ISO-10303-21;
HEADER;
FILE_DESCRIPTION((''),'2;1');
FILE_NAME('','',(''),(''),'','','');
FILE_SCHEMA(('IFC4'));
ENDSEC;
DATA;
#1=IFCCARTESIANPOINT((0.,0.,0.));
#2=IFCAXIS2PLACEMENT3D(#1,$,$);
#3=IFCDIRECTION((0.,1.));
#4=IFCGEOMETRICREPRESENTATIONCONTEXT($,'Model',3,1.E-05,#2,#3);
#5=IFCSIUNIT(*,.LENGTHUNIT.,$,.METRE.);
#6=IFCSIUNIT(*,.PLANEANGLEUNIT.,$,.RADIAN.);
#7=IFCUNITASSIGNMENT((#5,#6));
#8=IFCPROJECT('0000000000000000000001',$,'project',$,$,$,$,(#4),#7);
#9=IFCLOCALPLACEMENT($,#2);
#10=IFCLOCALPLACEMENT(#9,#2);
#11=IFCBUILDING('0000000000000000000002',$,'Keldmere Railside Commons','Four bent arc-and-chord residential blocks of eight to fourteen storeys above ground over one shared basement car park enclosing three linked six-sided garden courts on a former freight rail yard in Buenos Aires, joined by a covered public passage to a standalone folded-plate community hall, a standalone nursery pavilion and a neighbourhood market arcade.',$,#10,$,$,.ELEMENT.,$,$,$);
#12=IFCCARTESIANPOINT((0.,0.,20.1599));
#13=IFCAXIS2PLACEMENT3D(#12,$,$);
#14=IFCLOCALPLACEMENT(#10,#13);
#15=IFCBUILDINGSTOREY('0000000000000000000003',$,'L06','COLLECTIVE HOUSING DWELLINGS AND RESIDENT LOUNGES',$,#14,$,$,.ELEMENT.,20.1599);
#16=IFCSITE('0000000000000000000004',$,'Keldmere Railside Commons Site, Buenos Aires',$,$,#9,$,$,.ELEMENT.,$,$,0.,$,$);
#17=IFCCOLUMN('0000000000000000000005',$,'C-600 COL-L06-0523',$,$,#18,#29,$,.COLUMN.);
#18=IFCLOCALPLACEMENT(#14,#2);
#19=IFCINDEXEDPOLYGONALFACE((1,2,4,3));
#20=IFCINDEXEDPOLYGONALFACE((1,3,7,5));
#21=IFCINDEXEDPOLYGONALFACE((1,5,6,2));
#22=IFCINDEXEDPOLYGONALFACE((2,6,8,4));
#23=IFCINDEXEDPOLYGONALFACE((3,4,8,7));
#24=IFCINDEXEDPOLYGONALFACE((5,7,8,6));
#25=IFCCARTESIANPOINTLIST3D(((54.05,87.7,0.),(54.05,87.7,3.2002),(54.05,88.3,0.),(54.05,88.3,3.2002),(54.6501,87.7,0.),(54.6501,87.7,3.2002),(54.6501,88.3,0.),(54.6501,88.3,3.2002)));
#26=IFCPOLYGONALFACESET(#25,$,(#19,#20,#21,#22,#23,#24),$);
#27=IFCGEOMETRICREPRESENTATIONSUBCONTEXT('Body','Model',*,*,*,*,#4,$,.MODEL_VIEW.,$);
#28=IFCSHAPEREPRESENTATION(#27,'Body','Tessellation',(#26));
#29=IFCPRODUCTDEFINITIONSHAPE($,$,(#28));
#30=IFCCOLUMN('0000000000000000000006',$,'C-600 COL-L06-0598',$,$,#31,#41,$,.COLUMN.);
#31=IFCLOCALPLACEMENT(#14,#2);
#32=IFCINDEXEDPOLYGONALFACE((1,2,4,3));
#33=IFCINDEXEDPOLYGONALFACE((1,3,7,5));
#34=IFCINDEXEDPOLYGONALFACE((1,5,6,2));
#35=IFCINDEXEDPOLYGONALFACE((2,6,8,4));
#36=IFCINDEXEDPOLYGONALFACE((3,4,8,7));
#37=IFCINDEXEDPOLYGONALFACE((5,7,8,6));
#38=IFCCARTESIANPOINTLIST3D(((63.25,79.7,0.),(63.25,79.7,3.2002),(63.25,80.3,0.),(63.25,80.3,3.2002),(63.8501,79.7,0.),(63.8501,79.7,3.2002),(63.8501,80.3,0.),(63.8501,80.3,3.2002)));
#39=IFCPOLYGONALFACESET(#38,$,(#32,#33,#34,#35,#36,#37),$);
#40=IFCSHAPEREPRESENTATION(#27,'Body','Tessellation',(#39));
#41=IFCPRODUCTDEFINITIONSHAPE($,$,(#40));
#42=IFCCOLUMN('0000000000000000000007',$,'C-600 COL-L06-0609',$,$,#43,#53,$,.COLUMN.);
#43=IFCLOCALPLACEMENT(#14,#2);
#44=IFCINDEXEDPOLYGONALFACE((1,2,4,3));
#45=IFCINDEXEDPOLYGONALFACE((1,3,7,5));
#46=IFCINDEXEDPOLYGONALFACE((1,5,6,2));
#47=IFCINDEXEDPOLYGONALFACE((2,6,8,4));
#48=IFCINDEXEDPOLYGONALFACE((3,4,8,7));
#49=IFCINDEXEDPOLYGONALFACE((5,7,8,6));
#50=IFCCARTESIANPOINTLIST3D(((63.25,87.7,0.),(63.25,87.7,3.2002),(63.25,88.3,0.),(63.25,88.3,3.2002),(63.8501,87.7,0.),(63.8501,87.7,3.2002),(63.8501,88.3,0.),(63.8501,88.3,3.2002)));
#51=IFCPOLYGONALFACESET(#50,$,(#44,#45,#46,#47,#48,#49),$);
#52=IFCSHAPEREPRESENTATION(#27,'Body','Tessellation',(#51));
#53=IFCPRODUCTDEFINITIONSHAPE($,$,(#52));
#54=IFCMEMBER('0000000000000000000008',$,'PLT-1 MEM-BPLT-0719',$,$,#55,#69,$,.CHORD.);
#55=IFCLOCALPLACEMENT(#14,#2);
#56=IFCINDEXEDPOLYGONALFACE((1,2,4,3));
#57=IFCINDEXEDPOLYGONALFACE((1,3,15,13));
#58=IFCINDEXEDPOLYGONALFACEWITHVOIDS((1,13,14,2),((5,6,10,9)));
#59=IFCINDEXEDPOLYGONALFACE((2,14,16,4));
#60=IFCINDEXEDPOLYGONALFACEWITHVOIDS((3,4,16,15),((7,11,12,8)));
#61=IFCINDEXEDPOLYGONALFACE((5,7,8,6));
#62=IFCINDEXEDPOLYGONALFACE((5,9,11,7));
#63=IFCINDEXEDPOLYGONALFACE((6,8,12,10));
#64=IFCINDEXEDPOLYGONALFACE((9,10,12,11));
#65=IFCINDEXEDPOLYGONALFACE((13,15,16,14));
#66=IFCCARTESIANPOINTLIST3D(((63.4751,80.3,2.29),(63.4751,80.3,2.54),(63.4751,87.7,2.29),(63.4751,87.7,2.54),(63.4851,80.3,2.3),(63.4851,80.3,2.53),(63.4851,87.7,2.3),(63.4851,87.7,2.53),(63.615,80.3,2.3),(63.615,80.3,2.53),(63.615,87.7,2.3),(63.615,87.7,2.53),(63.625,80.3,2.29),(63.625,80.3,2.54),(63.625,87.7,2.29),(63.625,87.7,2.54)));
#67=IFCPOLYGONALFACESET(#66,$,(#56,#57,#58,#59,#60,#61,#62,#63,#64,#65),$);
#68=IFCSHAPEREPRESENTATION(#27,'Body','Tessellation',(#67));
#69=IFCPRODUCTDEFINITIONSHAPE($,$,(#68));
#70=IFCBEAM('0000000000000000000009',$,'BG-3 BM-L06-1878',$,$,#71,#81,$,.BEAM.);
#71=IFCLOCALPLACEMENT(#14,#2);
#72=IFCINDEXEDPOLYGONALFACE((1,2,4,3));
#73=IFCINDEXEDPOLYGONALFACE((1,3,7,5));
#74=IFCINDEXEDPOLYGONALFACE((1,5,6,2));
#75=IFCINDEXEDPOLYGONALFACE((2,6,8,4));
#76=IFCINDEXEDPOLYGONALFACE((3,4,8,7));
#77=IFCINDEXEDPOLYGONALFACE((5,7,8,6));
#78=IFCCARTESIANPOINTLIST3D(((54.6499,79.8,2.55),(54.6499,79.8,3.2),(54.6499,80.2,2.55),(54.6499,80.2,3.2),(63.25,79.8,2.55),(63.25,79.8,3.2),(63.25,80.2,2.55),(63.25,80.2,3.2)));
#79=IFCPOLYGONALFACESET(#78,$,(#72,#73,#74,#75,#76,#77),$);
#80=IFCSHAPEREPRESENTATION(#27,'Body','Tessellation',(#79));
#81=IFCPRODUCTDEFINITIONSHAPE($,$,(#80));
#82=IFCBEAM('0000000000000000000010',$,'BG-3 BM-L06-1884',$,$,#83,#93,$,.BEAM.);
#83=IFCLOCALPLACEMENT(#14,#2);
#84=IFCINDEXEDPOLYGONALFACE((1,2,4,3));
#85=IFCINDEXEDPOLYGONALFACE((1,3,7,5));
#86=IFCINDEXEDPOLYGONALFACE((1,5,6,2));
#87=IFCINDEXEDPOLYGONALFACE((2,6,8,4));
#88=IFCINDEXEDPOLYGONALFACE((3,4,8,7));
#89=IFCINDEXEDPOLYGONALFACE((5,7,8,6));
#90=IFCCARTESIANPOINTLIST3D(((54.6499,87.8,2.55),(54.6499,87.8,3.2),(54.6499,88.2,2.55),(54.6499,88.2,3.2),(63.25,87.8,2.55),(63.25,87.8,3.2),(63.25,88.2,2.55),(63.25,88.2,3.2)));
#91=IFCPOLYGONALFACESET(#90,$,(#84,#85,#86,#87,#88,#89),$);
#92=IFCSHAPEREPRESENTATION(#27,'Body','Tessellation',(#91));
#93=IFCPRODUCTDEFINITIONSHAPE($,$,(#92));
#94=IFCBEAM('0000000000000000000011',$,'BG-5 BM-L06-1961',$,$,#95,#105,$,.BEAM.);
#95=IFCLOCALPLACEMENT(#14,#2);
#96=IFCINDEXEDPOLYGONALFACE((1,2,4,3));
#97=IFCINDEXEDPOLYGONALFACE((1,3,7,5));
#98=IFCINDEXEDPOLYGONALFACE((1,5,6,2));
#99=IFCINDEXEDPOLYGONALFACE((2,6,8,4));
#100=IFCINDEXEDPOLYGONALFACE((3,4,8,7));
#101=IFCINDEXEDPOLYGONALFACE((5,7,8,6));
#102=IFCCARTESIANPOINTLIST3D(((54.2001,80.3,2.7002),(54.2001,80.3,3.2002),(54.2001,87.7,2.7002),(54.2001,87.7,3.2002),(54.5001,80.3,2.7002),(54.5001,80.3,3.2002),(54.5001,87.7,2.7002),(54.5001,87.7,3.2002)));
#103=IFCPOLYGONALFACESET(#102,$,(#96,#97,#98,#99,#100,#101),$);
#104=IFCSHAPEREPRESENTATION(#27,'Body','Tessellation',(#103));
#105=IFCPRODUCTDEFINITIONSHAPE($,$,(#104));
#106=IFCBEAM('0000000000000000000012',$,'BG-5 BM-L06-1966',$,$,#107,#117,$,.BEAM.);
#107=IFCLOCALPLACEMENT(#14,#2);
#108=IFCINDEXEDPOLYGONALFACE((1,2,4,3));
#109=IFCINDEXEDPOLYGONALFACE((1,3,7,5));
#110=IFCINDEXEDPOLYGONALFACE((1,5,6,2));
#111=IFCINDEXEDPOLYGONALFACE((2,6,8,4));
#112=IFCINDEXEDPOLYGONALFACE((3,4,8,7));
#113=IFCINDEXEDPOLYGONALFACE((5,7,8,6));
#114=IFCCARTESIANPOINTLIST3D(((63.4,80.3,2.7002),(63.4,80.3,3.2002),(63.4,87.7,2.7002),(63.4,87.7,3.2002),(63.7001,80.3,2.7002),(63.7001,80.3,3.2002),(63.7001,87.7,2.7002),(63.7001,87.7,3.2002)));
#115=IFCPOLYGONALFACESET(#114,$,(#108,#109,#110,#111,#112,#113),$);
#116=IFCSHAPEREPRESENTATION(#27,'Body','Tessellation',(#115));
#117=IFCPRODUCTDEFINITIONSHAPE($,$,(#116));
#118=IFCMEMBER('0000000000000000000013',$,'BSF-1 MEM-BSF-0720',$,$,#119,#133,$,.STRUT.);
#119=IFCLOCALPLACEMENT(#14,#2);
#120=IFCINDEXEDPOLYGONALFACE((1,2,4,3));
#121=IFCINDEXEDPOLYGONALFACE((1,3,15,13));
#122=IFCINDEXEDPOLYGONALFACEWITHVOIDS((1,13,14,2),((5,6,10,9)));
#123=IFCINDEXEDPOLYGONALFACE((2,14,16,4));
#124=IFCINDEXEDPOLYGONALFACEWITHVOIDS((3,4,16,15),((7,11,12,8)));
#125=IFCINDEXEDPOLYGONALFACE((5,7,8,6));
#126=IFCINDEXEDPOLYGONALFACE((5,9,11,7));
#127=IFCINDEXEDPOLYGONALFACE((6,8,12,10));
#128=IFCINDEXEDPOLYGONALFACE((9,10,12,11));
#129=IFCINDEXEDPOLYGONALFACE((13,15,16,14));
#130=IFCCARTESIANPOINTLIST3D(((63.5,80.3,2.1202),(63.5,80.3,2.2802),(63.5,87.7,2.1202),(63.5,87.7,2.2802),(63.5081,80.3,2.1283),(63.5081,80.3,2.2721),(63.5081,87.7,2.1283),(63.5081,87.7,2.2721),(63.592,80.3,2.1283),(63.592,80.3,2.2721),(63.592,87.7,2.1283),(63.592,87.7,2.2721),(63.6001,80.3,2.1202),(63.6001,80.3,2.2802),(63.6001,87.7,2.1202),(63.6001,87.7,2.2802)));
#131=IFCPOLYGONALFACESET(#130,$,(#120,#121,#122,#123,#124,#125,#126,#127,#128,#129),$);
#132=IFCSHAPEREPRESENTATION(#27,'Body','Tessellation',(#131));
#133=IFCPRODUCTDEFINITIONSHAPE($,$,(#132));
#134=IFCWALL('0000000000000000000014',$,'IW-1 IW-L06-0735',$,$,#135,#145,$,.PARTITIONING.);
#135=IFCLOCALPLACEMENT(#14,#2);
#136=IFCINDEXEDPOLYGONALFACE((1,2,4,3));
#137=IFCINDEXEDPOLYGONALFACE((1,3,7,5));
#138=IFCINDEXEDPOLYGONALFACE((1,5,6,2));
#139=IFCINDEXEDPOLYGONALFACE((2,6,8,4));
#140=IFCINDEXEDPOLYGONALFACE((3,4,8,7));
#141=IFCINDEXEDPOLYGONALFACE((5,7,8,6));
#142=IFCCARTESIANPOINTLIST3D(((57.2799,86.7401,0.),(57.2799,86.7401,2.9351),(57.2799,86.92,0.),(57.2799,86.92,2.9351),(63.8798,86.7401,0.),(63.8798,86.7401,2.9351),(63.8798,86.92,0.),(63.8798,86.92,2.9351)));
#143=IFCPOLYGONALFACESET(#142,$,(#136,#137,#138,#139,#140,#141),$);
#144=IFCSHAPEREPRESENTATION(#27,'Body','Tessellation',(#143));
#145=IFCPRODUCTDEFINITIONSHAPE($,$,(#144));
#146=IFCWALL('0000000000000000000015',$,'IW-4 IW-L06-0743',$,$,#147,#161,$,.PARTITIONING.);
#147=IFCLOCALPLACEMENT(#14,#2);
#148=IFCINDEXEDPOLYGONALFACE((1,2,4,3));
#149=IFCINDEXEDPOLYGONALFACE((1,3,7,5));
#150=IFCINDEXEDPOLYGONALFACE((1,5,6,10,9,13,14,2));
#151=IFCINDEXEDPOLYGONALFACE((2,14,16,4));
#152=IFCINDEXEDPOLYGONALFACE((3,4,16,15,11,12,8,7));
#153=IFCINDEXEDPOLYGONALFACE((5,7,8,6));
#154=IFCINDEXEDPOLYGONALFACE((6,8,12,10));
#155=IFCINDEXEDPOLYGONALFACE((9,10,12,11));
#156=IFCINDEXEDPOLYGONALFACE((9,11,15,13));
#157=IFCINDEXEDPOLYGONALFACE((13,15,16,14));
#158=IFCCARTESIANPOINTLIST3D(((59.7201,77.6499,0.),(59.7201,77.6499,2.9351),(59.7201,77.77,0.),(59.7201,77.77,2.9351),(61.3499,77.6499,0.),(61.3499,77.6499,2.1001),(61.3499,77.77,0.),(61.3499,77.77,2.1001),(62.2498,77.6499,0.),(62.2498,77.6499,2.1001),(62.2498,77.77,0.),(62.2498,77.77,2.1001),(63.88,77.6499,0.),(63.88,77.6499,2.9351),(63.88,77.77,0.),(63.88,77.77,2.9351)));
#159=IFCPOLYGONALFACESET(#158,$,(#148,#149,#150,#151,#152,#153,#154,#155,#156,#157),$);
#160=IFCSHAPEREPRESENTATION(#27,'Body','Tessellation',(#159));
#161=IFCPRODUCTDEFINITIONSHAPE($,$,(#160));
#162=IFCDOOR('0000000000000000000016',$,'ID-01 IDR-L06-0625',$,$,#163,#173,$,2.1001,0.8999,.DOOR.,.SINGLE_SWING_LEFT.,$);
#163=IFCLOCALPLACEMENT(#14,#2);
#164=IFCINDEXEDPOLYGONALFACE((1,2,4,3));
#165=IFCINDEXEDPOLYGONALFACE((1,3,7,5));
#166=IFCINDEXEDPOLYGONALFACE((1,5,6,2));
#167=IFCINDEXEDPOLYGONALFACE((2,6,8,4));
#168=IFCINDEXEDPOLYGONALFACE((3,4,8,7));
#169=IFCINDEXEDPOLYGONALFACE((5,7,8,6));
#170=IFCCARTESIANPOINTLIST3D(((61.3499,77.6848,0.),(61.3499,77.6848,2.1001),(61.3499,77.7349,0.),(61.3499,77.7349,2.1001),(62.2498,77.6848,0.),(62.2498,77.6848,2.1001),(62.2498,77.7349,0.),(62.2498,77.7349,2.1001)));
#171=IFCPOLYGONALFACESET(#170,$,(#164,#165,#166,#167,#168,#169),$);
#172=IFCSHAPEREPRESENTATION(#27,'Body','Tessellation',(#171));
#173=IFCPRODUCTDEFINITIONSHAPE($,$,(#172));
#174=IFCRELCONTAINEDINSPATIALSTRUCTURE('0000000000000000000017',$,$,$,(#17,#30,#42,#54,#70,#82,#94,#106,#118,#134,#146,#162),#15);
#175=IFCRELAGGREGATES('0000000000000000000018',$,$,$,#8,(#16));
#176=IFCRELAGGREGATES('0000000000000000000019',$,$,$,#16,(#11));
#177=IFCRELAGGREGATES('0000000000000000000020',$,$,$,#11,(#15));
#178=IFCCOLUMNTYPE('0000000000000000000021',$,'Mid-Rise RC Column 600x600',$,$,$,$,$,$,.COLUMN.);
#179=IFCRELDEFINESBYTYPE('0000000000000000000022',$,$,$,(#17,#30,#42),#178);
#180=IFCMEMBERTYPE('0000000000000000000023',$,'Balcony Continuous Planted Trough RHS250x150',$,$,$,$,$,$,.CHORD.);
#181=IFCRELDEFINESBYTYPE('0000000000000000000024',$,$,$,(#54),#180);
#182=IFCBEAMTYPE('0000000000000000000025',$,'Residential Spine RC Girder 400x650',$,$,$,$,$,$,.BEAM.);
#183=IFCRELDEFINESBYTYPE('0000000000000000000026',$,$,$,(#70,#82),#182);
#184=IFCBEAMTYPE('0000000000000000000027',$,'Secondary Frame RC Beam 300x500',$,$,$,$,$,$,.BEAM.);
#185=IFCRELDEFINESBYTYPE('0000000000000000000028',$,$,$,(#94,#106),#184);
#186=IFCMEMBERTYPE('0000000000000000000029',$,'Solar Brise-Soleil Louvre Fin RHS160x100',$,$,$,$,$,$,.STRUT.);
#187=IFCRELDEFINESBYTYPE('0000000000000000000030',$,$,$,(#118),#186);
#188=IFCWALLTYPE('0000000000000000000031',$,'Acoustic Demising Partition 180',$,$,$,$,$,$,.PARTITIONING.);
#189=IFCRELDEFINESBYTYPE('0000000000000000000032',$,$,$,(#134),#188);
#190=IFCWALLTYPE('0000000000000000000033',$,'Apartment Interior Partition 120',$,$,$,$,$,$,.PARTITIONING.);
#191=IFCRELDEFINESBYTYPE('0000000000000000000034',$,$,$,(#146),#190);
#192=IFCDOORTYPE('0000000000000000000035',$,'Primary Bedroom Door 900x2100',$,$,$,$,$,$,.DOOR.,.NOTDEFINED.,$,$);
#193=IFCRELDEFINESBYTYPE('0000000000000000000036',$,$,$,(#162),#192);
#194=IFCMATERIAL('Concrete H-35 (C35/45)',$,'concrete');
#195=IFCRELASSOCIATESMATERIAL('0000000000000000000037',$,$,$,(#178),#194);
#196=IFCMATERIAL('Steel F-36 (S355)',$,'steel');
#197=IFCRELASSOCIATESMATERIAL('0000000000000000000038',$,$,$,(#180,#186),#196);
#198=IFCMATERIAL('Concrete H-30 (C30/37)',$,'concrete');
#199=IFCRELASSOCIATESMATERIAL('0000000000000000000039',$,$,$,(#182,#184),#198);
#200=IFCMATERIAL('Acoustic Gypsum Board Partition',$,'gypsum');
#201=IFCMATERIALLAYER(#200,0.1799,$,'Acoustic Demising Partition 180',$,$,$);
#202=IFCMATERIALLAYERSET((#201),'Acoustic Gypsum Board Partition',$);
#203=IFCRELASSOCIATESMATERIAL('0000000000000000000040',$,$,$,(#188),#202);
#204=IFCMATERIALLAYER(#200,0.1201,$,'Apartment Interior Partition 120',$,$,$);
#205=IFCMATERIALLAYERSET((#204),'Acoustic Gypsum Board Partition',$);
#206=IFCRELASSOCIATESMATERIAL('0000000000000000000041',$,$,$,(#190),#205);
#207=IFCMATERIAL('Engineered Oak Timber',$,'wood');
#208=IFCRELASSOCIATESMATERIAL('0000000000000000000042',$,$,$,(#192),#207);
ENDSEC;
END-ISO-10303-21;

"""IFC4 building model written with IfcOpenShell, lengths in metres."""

from ifc_helpers import new_model, si_unit, direction, frame, frame_2d, origin, origin_2d, place, context, subcontext, project, spatial, rectangle, hollow_rectangle, extrude, material, layer, layer_set, material_profile, profile_set, type_object, element, fill, save


model = new_model("IFC4")

# Units and contexts
model_context = context("Model", 3, precision=1e-05, world=origin(), true_north=direction((0.0, 1.0)))
body_context = subcontext(model_context, "Body", "Model", "MODEL_VIEW")
ifc_project = project(units=[si_unit("LENGTHUNIT", "METRE"), si_unit("PLANEANGLEUNIT", "RADIAN")], contexts=[model_context])

# Site, building, storey
site_placement = place(None, origin())
site = spatial("IfcSite", under=ifc_project, at=site_placement, Name="Keldmere Railside Commons Site, Buenos Aires", CompositionType="ELEMENT", RefElevation=0.0)
building_placement = place(site_placement, origin())
building = spatial("IfcBuilding", under=site, at=building_placement, Name="Keldmere Railside Commons", Description="Four bent arc-and-chord residential blocks of eight to fourteen storeys above ground over one shared basement car park enclosing three linked six-sided garden courts on a former freight rail yard in Buenos Aires, joined by a covered public passage to a standalone folded-plate community hall, a standalone nursery pavilion and a neighbourhood market arcade.", CompositionType="ELEMENT")
storey_placement = place(building_placement, frame((0.0, 0.0, 20.1599)))
storey = spatial("IfcBuildingStorey", under=building, at=storey_placement, Name="L06", Description="COLLECTIVE HOUSING DWELLINGS AND RESIDENT LOUNGES", CompositionType="ELEMENT", Elevation=20.1599)

# Columns
ifc_material_1 = material(Name="Concrete H-35 (C35/45)", Category="concrete")
ifc_material_profile_1 = material_profile(ifc_material_1, rectangle(XDim=0.6001, YDim=0.6001, at=origin_2d()), Name="RC-600x600")
ifc_profile_set_1 = profile_set([ifc_material_profile_1], Name="Concrete H-35 (C35/45)")
column_type = type_object("IfcColumnType", Name="Mid-Rise RC Column 600x600", PredefinedType="COLUMN", material=ifc_profile_set_1)
for number, where, z_axis, x_axis, name in (
    (1, (54.3501, 88.0, 0.0), (0.0, 0.0, 1.0), (1.0, 0.0, 0.0), "C-600 COL-L06-0523"),
    (2, (63.55, 80.0, 0.0), (0.0, 0.0, 1.0), (1.0, 0.0, 0.0), "C-600 COL-L06-0598"),
    (3, (63.55, 88.0, 0.0), (0.0, 0.0, 1.0), (1.0, 0.0, 0.0), "C-600 COL-L06-0609"),
):
    element("IfcColumn", number, at=place(storey_placement, frame(where, z_axis=z_axis, x_axis=x_axis)), inside=storey, type_object=column_type, Name=name, PredefinedType="COLUMN", context=body_context, shape_type="SweptSolid", body=[
        extrude(rectangle(XDim=0.6001, YDim=0.6001, at=origin_2d()), origin(), (0.0, 0.0, 1.0), 3.2002),
    ])

# Member
ifc_material_2 = material(Name="Steel F-36 (S355)", Category="steel")
ifc_material_profile_2 = material_profile(ifc_material_2, hollow_rectangle(XDim=0.1499, YDim=0.25, WallThickness=0.01, at=origin_2d()), Name="RHS-250x150x10")
ifc_profile_set_2 = profile_set([ifc_material_profile_2], Name="Steel F-36 (S355)")
member_type_1 = type_object("IfcMemberType", Name="Balcony Continuous Planted Trough RHS250x150", PredefinedType="CHORD", material=ifc_profile_set_2)
member_1_placement = place(storey_placement, frame((63.55, 80.3, 2.415), z_axis=(0.0, 1.0, 0.0), x_axis=(-1.0, 0.0, 0.0)))
element("IfcMember", 4, at=member_1_placement, inside=storey, type_object=member_type_1, Name="PLT-1 MEM-BPLT-0719", PredefinedType="CHORD", context=body_context, shape_type="SweptSolid", body=[
    extrude(hollow_rectangle(XDim=0.1499, YDim=0.25, WallThickness=0.01, at=origin_2d()), origin(), (0.0, 0.0, 1.0), 7.3999),
])

# Beams
ifc_material_3 = material(Name="Concrete H-30 (C30/37)", Category="concrete")
ifc_material_profile_3 = material_profile(ifc_material_3, rectangle(XDim=0.3999, YDim=0.6499, at=origin_2d()), Name="RC-400x650")
ifc_profile_set_3 = profile_set([ifc_material_profile_3], Name="Concrete H-30 (C30/37)")
beam_type_1 = type_object("IfcBeamType", Name="Residential Spine RC Girder 400x650", PredefinedType="BEAM", material=ifc_profile_set_3)
for number, where, z_axis, x_axis, name in (
    (5, (54.6499, 80.0, 2.875), (1.0, 0.0, 0.0), (0.0, 1.0, 0.0), "BG-3 BM-L06-1878"),
    (6, (54.6499, 88.0, 2.875), (1.0, 0.0, 0.0), (0.0, 1.0, 0.0), "BG-3 BM-L06-1884"),
):
    element("IfcBeam", number, at=place(storey_placement, frame(where, z_axis=z_axis, x_axis=x_axis)), inside=storey, type_object=beam_type_1, Name=name, PredefinedType="BEAM", context=body_context, shape_type="SweptSolid", body=[
        extrude(rectangle(XDim=0.3999, YDim=0.6499, at=origin_2d()), origin(), (0.0, 0.0, 1.0), 8.6001),
    ])
ifc_material_profile_4 = material_profile(ifc_material_3, rectangle(XDim=0.3, YDim=0.5, at=origin_2d()), Name="RC-300x500")
ifc_profile_set_4 = profile_set([ifc_material_profile_4], Name="Concrete H-30 (C30/37)")
beam_type_2 = type_object("IfcBeamType", Name="Secondary Frame RC Beam 300x500", PredefinedType="BEAM", material=ifc_profile_set_4)
for number, where, z_axis, x_axis, name in (
    (7, (54.3501, 80.3, 2.9502), (0.0, 1.0, 0.0), (-1.0, 0.0, 0.0), "BG-5 BM-L06-1961"),
    (8, (63.55, 80.3, 2.9502), (0.0, 1.0, 0.0), (-1.0, 0.0, 0.0), "BG-5 BM-L06-1966"),
):
    element("IfcBeam", number, at=place(storey_placement, frame(where, z_axis=z_axis, x_axis=x_axis)), inside=storey, type_object=beam_type_2, Name=name, PredefinedType="BEAM", context=body_context, shape_type="SweptSolid", body=[
        extrude(rectangle(XDim=0.3, YDim=0.5, at=origin_2d()), origin(), (0.0, 0.0, 1.0), 7.3999),
    ])

# Member
ifc_material_profile_5 = material_profile(ifc_material_2, hollow_rectangle(XDim=0.1001, YDim=0.1599, WallThickness=0.0081, at=origin_2d()), Name="RHS-160x100x8")
ifc_profile_set_5 = profile_set([ifc_material_profile_5], Name="Steel F-36 (S355)")
member_type_2 = type_object("IfcMemberType", Name="Solar Brise-Soleil Louvre Fin RHS160x100", PredefinedType="STRUT", material=ifc_profile_set_5)
member_2_placement = place(storey_placement, frame((63.55, 80.3, 2.2002), z_axis=(0.0, 1.0, 0.0), x_axis=(-1.0, 0.0, 0.0)))
element("IfcMember", 9, at=member_2_placement, inside=storey, type_object=member_type_2, Name="BSF-1 MEM-BSF-0720", PredefinedType="STRUT", context=body_context, shape_type="SweptSolid", body=[
    extrude(hollow_rectangle(XDim=0.1001, YDim=0.1599, WallThickness=0.0081, at=origin_2d()), origin(), (0.0, 0.0, 1.0), 7.3999),
])

# Wall
ifc_material_4 = material(Name="Acoustic Gypsum Board Partition", Category="gypsum")
ifc_layer_1 = layer(ifc_material_4, 0.1799, Name="Acoustic Demising Partition 180")
ifc_layer_set_1 = layer_set([ifc_layer_1], Name="Acoustic Gypsum Board Partition")
wall_type_1 = type_object("IfcWallType", Name="Acoustic Demising Partition 180", PredefinedType="PARTITIONING", material=ifc_layer_set_1)
wall_1_placement = place(storey_placement, frame((57.28, 86.8301, 0.0), z_axis=(0.0, 0.0, 1.0), x_axis=(1.0, 0.0, 0.0)))
element("IfcWall", 10, at=wall_1_placement, inside=storey, type_object=wall_type_1, Name="IW-1 IW-L06-0735", PredefinedType="PARTITIONING", context=body_context, shape_type="SweptSolid", body=[
    extrude(rectangle(XDim=6.5999, YDim=0.1799, at=frame_2d((3.2998, 0.0))), origin(), (0.0, 0.0, 1.0), 2.9351),
])

# Wall, opening, door
ifc_layer_2 = layer(ifc_material_4, 0.1201, Name="Apartment Interior Partition 120")
ifc_layer_set_2 = layer_set([ifc_layer_2], Name="Acoustic Gypsum Board Partition")
wall_type_2 = type_object("IfcWallType", Name="Apartment Interior Partition 120", PredefinedType="PARTITIONING", material=ifc_layer_set_2)
wall_2_placement = place(storey_placement, frame((59.72, 77.71, 0.0), z_axis=(0.0, 0.0, 1.0), x_axis=(1.0, 0.0, 0.0)))
wall_2 = element("IfcWall", 11, at=wall_2_placement, inside=storey, type_object=wall_type_2, Name="IW-4 IW-L06-0743", PredefinedType="PARTITIONING", context=body_context, shape_type="SweptSolid", body=[
    extrude(rectangle(XDim=4.1599, YDim=0.1201, at=frame_2d((2.0801, 0.0))), origin(), (0.0, 0.0, 1.0), 2.9351),
])
opening_1_placement = place(wall_2_placement, frame((1.6299, 0.0, 0.0)))
opening_1 = element("IfcOpeningElement", 12, at=opening_1_placement, cuts=wall_2, PredefinedType="OPENING", context=body_context, shape_type="SweptSolid", body=[
    extrude(rectangle(XDim=0.8999, YDim=2.1001, at=frame_2d((0.45, 1.05))), frame((0.0, 0.0701, 0.0), z_axis=(0.0, -1.0, 0.0), x_axis=(1.0, 0.0, 0.0)), (0.0, 0.0, 1.0), 0.1401),
])
ifc_material_5 = material(Name="Engineered Oak Timber", Category="wood")
door_type_1 = type_object("IfcDoorType", Name="Primary Bedroom Door 900x2100", OperationType="NOTDEFINED", PredefinedType="DOOR", material=ifc_material_5)
door_1_placement = place(opening_1_placement, origin())
door_1 = element("IfcDoor", 13, at=door_1_placement, inside=storey, type_object=door_type_1, Name="ID-01 IDR-L06-0625", OperationType="SINGLE_SWING_LEFT", OverallHeight=2.1001, OverallWidth=0.8999, PredefinedType="DOOR", context=body_context, shape_type="SweptSolid", body=[
    extrude(rectangle(XDim=0.8999, YDim=2.1001, at=frame_2d((0.45, 1.05))), frame((0.0, 0.0249, 0.0), z_axis=(0.0, -1.0, 0.0), x_axis=(1.0, 0.0, 0.0)), (0.0, 0.0, 1.0), 0.05),
])
fill(opening_1, door_1)

save(model, "model.ifc")
